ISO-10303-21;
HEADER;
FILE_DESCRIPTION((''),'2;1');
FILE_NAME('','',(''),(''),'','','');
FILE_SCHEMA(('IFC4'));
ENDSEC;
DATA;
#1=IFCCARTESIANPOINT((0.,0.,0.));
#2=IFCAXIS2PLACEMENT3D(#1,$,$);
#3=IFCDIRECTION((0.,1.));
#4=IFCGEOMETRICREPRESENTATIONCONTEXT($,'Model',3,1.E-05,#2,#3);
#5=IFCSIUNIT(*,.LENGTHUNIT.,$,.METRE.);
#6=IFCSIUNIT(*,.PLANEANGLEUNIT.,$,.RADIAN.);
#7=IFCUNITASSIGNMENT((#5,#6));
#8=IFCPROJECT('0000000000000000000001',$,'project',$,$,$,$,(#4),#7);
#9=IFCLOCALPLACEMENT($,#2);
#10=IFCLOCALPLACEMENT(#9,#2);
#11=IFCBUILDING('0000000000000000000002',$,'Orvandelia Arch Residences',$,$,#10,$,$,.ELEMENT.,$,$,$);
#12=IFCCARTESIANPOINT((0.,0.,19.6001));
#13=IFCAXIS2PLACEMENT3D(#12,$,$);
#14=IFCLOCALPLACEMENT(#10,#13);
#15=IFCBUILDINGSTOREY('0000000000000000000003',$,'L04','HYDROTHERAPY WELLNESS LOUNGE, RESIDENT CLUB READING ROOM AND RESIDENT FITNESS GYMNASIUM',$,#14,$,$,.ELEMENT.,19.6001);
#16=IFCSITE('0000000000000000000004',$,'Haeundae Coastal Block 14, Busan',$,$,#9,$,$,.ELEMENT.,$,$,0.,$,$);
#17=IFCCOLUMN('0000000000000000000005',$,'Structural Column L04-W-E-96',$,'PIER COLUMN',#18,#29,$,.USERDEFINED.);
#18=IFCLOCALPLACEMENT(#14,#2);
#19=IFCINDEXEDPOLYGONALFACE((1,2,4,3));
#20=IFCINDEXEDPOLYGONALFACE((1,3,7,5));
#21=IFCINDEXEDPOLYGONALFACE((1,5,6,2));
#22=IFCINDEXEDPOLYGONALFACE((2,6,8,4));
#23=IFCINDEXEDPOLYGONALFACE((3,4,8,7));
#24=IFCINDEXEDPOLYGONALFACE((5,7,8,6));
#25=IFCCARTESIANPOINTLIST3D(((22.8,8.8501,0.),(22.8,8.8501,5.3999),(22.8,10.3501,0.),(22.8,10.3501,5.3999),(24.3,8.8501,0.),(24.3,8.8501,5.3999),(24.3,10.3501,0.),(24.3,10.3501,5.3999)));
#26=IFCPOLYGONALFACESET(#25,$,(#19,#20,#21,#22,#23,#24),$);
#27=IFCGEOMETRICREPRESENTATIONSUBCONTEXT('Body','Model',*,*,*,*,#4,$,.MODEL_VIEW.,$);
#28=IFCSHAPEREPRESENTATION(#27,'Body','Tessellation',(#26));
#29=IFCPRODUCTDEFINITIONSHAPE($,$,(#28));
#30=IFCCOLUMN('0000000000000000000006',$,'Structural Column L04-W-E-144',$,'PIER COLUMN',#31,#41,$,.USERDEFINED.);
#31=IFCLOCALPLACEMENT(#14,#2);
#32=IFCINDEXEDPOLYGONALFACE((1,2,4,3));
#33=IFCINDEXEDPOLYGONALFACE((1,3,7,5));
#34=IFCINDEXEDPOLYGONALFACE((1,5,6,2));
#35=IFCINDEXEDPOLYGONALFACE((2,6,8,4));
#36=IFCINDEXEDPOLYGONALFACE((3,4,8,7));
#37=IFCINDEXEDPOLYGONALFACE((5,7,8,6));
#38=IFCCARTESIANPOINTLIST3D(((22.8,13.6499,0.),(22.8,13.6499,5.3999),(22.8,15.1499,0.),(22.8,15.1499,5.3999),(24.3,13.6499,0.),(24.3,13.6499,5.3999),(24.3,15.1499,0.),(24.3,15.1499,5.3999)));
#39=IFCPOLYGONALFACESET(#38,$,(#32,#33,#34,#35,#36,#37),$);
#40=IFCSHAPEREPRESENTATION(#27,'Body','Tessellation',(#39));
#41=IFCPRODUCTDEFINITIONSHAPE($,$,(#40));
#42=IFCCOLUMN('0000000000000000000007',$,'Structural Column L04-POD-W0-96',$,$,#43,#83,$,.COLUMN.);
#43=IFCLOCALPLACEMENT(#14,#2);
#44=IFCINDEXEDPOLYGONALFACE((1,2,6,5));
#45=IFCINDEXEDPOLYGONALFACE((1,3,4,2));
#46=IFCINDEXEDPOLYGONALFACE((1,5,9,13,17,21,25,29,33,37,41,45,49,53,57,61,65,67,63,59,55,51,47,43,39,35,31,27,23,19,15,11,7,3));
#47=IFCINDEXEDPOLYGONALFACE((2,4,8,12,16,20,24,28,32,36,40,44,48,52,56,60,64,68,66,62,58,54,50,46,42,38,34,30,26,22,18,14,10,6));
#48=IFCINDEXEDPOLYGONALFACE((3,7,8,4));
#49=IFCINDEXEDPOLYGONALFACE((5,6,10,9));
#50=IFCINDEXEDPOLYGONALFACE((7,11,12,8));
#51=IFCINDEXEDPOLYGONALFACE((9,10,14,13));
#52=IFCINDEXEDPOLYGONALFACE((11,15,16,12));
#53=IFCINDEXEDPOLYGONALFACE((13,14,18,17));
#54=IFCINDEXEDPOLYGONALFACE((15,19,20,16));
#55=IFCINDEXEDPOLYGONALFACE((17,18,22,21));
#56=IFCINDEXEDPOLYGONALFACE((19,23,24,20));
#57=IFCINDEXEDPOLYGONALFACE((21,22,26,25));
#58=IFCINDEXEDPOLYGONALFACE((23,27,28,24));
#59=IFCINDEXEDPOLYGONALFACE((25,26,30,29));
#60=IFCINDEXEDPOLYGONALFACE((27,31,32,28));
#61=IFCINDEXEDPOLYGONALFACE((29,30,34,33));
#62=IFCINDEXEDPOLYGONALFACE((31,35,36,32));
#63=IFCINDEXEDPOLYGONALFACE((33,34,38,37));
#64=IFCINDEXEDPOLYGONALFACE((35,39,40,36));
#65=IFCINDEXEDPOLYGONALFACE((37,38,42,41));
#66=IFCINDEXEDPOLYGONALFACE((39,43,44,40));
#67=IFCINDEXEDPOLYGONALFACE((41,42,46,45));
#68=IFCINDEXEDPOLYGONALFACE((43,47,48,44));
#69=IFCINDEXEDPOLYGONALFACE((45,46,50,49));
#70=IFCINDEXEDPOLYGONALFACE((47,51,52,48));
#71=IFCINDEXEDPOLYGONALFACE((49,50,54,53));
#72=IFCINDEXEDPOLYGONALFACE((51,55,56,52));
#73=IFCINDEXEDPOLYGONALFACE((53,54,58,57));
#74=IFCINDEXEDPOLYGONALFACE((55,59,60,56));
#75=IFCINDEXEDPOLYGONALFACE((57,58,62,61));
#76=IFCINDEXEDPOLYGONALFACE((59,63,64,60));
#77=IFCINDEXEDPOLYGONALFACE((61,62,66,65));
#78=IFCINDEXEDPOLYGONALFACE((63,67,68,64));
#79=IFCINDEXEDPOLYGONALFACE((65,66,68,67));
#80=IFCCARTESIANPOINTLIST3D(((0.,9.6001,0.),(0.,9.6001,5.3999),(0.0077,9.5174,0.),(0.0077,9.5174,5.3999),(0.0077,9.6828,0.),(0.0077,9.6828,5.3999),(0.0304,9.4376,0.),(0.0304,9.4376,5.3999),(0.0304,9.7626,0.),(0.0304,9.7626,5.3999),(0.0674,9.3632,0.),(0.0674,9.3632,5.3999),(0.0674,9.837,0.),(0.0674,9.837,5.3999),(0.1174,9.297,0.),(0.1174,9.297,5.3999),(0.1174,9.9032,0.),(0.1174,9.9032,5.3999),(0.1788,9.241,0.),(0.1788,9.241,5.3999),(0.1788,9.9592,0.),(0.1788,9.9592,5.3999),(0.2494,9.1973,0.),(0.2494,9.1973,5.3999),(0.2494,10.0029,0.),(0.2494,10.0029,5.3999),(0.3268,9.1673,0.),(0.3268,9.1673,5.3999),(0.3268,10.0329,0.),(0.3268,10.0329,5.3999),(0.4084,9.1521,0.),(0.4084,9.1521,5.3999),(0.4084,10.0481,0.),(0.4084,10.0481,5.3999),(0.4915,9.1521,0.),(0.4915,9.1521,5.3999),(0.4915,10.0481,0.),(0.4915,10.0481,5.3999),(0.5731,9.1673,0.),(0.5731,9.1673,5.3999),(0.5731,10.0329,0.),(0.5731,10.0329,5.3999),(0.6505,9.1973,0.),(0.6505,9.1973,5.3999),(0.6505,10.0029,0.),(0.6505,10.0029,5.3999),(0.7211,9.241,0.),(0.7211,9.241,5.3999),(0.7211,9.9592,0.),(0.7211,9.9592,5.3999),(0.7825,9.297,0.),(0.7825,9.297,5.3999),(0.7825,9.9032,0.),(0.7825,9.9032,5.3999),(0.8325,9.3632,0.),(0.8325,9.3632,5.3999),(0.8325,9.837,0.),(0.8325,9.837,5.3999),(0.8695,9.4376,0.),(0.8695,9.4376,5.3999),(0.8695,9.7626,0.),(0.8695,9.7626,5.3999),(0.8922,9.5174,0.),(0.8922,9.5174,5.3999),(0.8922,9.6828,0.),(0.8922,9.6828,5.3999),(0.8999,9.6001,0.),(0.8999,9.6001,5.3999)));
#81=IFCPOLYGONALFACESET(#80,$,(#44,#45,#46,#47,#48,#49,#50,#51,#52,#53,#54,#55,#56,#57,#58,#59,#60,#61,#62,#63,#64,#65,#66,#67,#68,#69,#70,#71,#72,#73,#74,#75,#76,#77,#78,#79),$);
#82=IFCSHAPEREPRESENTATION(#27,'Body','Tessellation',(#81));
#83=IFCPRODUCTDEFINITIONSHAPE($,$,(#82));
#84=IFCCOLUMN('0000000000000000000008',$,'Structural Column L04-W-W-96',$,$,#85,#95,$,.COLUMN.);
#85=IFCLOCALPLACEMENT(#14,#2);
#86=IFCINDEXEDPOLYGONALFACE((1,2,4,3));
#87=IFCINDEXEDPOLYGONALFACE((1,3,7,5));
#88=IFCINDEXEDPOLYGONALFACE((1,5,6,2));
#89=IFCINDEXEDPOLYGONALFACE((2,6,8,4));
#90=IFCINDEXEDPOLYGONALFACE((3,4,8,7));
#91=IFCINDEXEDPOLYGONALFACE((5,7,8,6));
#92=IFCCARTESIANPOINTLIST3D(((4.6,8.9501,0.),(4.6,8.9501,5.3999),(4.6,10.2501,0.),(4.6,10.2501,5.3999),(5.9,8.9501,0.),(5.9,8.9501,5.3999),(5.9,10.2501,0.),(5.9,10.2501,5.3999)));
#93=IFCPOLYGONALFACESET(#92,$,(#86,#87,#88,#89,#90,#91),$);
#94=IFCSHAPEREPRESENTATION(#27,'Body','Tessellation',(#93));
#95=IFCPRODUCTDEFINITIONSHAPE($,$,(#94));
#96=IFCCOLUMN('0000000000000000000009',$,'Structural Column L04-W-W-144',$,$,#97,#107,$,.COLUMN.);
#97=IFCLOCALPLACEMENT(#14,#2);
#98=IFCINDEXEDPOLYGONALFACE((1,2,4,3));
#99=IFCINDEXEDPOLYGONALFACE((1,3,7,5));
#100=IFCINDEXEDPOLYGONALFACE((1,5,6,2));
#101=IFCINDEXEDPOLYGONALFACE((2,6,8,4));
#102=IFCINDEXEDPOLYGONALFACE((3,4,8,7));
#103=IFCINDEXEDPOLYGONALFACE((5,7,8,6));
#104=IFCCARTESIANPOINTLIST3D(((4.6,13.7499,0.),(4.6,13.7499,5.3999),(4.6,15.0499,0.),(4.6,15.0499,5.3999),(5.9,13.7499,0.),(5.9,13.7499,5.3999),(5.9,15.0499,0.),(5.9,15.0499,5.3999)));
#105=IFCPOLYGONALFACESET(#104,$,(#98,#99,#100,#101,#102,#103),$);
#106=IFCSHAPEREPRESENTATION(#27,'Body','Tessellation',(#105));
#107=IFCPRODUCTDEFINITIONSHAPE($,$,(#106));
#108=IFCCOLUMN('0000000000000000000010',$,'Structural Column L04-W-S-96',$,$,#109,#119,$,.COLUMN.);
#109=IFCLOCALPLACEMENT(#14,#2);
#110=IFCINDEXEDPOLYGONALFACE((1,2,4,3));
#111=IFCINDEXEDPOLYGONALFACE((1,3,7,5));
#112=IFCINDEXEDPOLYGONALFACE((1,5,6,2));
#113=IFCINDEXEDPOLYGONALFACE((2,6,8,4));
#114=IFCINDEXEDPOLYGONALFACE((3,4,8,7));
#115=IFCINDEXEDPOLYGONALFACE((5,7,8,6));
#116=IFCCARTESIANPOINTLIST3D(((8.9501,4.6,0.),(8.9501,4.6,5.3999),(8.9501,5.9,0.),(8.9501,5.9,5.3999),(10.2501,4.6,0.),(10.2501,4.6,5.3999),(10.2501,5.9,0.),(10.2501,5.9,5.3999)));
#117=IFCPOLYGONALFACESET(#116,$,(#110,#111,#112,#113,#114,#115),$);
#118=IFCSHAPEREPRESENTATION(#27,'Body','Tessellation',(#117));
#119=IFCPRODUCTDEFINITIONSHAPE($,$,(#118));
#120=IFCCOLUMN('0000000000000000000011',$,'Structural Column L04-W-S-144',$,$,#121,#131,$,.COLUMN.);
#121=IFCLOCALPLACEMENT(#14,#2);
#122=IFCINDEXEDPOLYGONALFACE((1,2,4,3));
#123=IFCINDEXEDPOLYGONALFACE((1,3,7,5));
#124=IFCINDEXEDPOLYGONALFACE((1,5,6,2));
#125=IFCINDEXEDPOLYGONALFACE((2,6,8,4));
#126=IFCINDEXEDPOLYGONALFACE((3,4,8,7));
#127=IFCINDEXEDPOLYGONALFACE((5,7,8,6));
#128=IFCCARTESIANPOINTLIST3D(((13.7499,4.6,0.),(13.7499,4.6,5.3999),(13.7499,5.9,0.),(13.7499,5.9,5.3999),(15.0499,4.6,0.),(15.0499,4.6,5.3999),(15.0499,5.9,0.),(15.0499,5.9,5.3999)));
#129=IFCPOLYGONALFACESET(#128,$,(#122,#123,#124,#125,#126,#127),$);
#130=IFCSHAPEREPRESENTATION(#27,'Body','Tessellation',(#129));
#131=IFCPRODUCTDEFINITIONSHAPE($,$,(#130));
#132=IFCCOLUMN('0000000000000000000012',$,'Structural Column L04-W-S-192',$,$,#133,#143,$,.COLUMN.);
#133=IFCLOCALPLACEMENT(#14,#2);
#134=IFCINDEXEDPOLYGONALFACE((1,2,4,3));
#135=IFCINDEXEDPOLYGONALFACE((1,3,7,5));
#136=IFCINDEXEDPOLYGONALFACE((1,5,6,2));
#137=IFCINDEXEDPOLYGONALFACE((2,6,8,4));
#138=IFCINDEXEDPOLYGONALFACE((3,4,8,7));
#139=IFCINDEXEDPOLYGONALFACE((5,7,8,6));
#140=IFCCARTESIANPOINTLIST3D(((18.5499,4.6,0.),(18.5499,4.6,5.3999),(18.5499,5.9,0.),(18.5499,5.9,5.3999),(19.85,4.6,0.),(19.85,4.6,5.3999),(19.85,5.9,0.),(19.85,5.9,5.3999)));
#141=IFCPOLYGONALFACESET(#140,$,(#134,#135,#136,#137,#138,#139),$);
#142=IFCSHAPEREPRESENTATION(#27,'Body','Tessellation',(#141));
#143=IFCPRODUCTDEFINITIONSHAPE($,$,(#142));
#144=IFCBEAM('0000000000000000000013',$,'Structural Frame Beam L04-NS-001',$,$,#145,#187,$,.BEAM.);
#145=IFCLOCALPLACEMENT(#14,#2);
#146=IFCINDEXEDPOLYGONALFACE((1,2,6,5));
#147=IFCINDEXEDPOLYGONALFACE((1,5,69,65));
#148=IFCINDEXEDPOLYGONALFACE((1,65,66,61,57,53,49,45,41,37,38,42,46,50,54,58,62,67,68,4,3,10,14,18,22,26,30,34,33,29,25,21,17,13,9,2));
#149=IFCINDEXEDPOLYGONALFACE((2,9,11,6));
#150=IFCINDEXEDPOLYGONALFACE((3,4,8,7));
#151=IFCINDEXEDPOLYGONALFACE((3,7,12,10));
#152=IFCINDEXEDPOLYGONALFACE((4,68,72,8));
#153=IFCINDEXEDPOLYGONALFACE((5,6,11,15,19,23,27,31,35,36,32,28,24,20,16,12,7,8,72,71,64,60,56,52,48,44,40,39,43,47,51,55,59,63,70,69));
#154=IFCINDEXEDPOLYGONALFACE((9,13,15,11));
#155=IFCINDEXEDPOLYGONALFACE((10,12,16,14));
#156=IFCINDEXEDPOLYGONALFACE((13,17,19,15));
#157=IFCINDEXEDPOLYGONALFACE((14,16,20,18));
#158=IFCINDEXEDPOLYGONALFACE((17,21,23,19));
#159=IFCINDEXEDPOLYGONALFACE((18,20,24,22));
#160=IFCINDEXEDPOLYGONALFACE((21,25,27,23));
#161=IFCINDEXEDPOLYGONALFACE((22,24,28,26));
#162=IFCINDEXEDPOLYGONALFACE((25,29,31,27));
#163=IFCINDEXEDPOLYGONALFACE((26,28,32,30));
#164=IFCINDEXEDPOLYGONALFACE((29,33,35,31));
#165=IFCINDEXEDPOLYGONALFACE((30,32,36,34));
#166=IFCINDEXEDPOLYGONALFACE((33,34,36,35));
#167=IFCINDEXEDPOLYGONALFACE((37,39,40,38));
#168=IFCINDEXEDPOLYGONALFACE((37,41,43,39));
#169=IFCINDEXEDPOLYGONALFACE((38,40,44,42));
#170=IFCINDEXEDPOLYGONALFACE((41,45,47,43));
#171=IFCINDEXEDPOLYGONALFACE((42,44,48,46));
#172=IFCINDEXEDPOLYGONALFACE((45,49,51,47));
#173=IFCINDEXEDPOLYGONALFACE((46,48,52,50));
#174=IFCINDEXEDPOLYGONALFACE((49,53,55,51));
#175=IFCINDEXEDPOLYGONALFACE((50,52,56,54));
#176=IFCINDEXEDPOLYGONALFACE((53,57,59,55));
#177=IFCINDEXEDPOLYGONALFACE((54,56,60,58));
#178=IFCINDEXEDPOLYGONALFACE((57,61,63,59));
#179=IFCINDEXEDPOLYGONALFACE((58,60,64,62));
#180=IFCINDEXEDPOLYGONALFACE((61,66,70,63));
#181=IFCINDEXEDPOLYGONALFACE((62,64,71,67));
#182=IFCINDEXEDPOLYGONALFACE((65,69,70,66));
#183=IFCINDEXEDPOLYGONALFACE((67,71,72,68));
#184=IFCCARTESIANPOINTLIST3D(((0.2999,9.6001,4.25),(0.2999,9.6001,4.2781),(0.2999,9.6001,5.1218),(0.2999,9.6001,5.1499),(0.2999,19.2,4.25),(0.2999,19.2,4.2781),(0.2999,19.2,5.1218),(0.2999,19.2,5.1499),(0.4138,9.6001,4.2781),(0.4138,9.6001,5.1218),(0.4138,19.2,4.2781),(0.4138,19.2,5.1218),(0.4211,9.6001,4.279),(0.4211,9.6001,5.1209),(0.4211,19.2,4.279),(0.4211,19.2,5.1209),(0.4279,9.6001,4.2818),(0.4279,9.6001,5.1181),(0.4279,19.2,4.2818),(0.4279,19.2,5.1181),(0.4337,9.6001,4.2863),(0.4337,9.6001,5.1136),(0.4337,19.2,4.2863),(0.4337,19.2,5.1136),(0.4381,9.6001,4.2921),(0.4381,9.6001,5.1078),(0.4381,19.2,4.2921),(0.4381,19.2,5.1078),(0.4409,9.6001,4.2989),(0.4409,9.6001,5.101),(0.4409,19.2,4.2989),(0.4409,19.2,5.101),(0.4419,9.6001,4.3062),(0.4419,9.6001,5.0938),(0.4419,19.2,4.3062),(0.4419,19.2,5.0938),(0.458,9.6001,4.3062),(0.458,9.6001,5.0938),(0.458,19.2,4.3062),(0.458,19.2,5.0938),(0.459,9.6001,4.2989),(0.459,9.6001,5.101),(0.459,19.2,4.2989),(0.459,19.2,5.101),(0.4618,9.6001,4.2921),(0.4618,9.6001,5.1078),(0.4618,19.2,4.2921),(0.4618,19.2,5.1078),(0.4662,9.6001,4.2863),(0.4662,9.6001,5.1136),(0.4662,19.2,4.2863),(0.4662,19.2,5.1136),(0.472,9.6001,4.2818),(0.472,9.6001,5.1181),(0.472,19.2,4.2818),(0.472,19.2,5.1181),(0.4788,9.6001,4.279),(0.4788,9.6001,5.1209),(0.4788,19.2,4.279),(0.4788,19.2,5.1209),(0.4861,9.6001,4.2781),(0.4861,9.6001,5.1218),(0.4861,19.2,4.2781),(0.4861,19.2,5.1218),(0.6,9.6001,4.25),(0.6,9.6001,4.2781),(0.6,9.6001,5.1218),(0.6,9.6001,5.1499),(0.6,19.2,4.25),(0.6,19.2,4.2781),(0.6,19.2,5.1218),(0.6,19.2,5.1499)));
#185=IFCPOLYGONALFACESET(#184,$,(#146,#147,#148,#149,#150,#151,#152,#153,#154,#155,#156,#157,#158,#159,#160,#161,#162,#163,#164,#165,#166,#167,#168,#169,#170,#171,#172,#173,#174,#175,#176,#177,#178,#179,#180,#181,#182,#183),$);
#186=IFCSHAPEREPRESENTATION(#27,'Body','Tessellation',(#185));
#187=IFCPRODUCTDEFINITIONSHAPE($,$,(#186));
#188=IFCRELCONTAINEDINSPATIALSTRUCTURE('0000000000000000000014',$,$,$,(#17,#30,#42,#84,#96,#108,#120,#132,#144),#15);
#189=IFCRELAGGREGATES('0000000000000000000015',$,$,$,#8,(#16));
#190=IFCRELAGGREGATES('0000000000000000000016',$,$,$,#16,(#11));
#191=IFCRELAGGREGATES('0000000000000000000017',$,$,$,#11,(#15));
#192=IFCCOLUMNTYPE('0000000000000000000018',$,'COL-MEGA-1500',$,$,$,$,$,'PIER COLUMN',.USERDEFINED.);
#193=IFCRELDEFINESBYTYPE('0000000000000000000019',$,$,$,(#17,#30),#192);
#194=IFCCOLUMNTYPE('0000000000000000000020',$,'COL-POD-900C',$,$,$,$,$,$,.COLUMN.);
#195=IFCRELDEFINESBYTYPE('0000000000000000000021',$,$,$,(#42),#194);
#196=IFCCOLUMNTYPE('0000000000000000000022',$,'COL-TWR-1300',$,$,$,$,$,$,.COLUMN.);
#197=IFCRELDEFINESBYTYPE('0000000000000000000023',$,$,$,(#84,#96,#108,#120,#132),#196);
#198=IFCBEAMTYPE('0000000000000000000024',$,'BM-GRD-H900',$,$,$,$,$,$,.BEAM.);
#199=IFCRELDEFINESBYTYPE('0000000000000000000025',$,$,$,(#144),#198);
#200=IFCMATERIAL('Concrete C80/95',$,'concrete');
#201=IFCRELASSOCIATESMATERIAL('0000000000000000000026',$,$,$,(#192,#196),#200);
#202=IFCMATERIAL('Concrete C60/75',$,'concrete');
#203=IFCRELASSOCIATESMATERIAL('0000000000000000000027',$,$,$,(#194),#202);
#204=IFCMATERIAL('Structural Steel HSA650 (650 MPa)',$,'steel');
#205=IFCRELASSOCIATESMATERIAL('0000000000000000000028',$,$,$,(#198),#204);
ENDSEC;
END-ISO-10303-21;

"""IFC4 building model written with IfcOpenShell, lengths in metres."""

from ifc_helpers import new_model, si_unit, direction, frame, origin, origin_2d, place, context, subcontext, project, spatial, rectangle, circle, i_section, extrude, material, material_profile, profile_set, type_object, element, save


model = new_model("IFC4")

# Units and contexts
model_context = context("Model", 3, precision=1e-05, world=origin(), true_north=direction((0.0, 1.0)))
body_context = subcontext(model_context, "Body", "Model", "MODEL_VIEW")
ifc_project = project(units=[si_unit("LENGTHUNIT", "METRE"), si_unit("PLANEANGLEUNIT", "RADIAN")], contexts=[model_context])

# Site, building, storey
site_placement = place(None, origin())
site = spatial("IfcSite", under=ifc_project, at=site_placement, Name="Haeundae Coastal Block 14, Busan", CompositionType="ELEMENT", RefElevation=0.0)
building_placement = place(site_placement, origin())
building = spatial("IfcBuilding", under=site, at=building_placement, Name="Orvandelia Arch Residences", CompositionType="ELEMENT")
storey_placement = place(building_placement, frame((0.0, 0.0, 19.6001)))
storey = spatial("IfcBuildingStorey", under=building, at=storey_placement, Name="L04", Description="HYDROTHERAPY WELLNESS LOUNGE, RESIDENT CLUB READING ROOM AND RESIDENT FITNESS GYMNASIUM", CompositionType="ELEMENT", Elevation=19.6001)

# Columns
ifc_material_1 = material(Name="Concrete C80/95", Category="concrete")
ifc_material_profile_1 = material_profile(ifc_material_1, rectangle(XDim=1.5, YDim=1.5, at=origin_2d()), Name="Concrete C80/95", Category="concrete")
ifc_profile_set_1 = profile_set([ifc_material_profile_1], Name="Concrete C80/95")
column_type_1 = type_object("IfcColumnType", Name="COL-MEGA-1500", ElementType="PIER COLUMN", PredefinedType="USERDEFINED", material=ifc_profile_set_1)
for number, where, z_axis, x_axis, name in (
    (1, (23.55, 9.6001, 0.0), (0.0, 0.0, 1.0), (1.0, 0.0, 0.0), "Structural Column L04-W-E-96"),
    (2, (23.55, 14.3999, 0.0), (0.0, 0.0, 1.0), (1.0, 0.0, 0.0), "Structural Column L04-W-E-144"),
):
    element("IfcColumn", number, at=place(storey_placement, frame(where, z_axis=z_axis, x_axis=x_axis)), inside=storey, type_object=column_type_1, Name=name, ObjectType="PIER COLUMN", PredefinedType="USERDEFINED", context=body_context, shape_type="SweptSolid", body=[
        extrude(rectangle(XDim=1.5, YDim=1.5, at=origin_2d()), origin(), (0.0, 0.0, 1.0), 5.3999),
    ])
ifc_material_2 = material(Name="Concrete C60/75", Category="concrete")
ifc_material_profile_2 = material_profile(ifc_material_2, circle(Radius=0.45, at=origin_2d()), Name="Concrete C60/75", Category="concrete")
ifc_profile_set_2 = profile_set([ifc_material_profile_2], Name="Concrete C60/75")
column_type_2 = type_object("IfcColumnType", Name="COL-POD-900C", PredefinedType="COLUMN", material=ifc_profile_set_2)
column_placement = place(storey_placement, frame((0.45, 9.6001, 0.0), z_axis=(0.0, 0.0, 1.0), x_axis=(1.0, 0.0, 0.0)))
element("IfcColumn", 3, at=column_placement, inside=storey, type_object=column_type_2, Name="Structural Column L04-POD-W0-96", PredefinedType="COLUMN", context=body_context, shape_type="SweptSolid", body=[
    extrude(circle(Radius=0.45, at=origin_2d()), origin(), (0.0, 0.0, 1.0), 5.3999),
])
ifc_material_profile_3 = material_profile(ifc_material_1, rectangle(XDim=1.3, YDim=1.3, at=origin_2d()), Name="Concrete C80/95", Category="concrete")
ifc_profile_set_3 = profile_set([ifc_material_profile_3], Name="Concrete C80/95")
column_type_3 = type_object("IfcColumnType", Name="COL-TWR-1300", PredefinedType="COLUMN", material=ifc_profile_set_3)
for number, where, z_axis, x_axis, name in (
    (4, (5.25, 9.6001, 0.0), (0.0, 0.0, 1.0), (1.0, 0.0, 0.0), "Structural Column L04-W-W-96"),
    (5, (5.25, 14.3999, 0.0), (0.0, 0.0, 1.0), (1.0, 0.0, 0.0), "Structural Column L04-W-W-144"),
    (6, (9.6001, 5.25, 0.0), (0.0, 0.0, 1.0), (1.0, 0.0, 0.0), "Structural Column L04-W-S-96"),
    (7, (14.3999, 5.25, 0.0), (0.0, 0.0, 1.0), (1.0, 0.0, 0.0), "Structural Column L04-W-S-144"),
    (8, (19.2, 5.25, 0.0), (0.0, 0.0, 1.0), (1.0, 0.0, 0.0), "Structural Column L04-W-S-192"),
):
    element("IfcColumn", number, at=place(storey_placement, frame(where, z_axis=z_axis, x_axis=x_axis)), inside=storey, type_object=column_type_3, Name=name, PredefinedType="COLUMN", context=body_context, shape_type="SweptSolid", body=[
        extrude(rectangle(XDim=1.3, YDim=1.3, at=origin_2d()), origin(), (0.0, 0.0, 1.0), 5.3999),
    ])

# Beam
ifc_material_3 = material(Name="Structural Steel HSA650 (650 MPa)", Category="steel")
ifc_material_profile_4 = material_profile(ifc_material_3, i_section(OverallWidth=0.3, OverallDepth=0.8999, WebThickness=0.0161, FlangeThickness=0.0281, FilletRadius=0.0281, at=origin_2d()), Name="Structural Steel HSA650 (650 MPa)", Category="steel")
ifc_profile_set_4 = profile_set([ifc_material_profile_4], Name="Structural Steel HSA650 (650 MPa)")
beam_type_1 = type_object("IfcBeamType", Name="BM-GRD-H900", PredefinedType="BEAM", material=ifc_profile_set_4)
beam_1_placement = place(storey_placement, frame((0.45, 9.6001, 4.7), z_axis=(0.0, 1.0, 0.0), x_axis=(-1.0, 0.0, 0.0)))
element("IfcBeam", 9, at=beam_1_placement, inside=storey, type_object=beam_type_1, Name="Structural Frame Beam L04-NS-001", PredefinedType="BEAM", context=body_context, shape_type="SweptSolid", body=[
    extrude(i_section(OverallWidth=0.3, OverallDepth=0.8999, WebThickness=0.0161, FlangeThickness=0.0281, FilletRadius=0.0281, at=origin_2d()), origin(), (0.0, 0.0, 1.0), 9.5999),
])

save(model, "model.ifc")
